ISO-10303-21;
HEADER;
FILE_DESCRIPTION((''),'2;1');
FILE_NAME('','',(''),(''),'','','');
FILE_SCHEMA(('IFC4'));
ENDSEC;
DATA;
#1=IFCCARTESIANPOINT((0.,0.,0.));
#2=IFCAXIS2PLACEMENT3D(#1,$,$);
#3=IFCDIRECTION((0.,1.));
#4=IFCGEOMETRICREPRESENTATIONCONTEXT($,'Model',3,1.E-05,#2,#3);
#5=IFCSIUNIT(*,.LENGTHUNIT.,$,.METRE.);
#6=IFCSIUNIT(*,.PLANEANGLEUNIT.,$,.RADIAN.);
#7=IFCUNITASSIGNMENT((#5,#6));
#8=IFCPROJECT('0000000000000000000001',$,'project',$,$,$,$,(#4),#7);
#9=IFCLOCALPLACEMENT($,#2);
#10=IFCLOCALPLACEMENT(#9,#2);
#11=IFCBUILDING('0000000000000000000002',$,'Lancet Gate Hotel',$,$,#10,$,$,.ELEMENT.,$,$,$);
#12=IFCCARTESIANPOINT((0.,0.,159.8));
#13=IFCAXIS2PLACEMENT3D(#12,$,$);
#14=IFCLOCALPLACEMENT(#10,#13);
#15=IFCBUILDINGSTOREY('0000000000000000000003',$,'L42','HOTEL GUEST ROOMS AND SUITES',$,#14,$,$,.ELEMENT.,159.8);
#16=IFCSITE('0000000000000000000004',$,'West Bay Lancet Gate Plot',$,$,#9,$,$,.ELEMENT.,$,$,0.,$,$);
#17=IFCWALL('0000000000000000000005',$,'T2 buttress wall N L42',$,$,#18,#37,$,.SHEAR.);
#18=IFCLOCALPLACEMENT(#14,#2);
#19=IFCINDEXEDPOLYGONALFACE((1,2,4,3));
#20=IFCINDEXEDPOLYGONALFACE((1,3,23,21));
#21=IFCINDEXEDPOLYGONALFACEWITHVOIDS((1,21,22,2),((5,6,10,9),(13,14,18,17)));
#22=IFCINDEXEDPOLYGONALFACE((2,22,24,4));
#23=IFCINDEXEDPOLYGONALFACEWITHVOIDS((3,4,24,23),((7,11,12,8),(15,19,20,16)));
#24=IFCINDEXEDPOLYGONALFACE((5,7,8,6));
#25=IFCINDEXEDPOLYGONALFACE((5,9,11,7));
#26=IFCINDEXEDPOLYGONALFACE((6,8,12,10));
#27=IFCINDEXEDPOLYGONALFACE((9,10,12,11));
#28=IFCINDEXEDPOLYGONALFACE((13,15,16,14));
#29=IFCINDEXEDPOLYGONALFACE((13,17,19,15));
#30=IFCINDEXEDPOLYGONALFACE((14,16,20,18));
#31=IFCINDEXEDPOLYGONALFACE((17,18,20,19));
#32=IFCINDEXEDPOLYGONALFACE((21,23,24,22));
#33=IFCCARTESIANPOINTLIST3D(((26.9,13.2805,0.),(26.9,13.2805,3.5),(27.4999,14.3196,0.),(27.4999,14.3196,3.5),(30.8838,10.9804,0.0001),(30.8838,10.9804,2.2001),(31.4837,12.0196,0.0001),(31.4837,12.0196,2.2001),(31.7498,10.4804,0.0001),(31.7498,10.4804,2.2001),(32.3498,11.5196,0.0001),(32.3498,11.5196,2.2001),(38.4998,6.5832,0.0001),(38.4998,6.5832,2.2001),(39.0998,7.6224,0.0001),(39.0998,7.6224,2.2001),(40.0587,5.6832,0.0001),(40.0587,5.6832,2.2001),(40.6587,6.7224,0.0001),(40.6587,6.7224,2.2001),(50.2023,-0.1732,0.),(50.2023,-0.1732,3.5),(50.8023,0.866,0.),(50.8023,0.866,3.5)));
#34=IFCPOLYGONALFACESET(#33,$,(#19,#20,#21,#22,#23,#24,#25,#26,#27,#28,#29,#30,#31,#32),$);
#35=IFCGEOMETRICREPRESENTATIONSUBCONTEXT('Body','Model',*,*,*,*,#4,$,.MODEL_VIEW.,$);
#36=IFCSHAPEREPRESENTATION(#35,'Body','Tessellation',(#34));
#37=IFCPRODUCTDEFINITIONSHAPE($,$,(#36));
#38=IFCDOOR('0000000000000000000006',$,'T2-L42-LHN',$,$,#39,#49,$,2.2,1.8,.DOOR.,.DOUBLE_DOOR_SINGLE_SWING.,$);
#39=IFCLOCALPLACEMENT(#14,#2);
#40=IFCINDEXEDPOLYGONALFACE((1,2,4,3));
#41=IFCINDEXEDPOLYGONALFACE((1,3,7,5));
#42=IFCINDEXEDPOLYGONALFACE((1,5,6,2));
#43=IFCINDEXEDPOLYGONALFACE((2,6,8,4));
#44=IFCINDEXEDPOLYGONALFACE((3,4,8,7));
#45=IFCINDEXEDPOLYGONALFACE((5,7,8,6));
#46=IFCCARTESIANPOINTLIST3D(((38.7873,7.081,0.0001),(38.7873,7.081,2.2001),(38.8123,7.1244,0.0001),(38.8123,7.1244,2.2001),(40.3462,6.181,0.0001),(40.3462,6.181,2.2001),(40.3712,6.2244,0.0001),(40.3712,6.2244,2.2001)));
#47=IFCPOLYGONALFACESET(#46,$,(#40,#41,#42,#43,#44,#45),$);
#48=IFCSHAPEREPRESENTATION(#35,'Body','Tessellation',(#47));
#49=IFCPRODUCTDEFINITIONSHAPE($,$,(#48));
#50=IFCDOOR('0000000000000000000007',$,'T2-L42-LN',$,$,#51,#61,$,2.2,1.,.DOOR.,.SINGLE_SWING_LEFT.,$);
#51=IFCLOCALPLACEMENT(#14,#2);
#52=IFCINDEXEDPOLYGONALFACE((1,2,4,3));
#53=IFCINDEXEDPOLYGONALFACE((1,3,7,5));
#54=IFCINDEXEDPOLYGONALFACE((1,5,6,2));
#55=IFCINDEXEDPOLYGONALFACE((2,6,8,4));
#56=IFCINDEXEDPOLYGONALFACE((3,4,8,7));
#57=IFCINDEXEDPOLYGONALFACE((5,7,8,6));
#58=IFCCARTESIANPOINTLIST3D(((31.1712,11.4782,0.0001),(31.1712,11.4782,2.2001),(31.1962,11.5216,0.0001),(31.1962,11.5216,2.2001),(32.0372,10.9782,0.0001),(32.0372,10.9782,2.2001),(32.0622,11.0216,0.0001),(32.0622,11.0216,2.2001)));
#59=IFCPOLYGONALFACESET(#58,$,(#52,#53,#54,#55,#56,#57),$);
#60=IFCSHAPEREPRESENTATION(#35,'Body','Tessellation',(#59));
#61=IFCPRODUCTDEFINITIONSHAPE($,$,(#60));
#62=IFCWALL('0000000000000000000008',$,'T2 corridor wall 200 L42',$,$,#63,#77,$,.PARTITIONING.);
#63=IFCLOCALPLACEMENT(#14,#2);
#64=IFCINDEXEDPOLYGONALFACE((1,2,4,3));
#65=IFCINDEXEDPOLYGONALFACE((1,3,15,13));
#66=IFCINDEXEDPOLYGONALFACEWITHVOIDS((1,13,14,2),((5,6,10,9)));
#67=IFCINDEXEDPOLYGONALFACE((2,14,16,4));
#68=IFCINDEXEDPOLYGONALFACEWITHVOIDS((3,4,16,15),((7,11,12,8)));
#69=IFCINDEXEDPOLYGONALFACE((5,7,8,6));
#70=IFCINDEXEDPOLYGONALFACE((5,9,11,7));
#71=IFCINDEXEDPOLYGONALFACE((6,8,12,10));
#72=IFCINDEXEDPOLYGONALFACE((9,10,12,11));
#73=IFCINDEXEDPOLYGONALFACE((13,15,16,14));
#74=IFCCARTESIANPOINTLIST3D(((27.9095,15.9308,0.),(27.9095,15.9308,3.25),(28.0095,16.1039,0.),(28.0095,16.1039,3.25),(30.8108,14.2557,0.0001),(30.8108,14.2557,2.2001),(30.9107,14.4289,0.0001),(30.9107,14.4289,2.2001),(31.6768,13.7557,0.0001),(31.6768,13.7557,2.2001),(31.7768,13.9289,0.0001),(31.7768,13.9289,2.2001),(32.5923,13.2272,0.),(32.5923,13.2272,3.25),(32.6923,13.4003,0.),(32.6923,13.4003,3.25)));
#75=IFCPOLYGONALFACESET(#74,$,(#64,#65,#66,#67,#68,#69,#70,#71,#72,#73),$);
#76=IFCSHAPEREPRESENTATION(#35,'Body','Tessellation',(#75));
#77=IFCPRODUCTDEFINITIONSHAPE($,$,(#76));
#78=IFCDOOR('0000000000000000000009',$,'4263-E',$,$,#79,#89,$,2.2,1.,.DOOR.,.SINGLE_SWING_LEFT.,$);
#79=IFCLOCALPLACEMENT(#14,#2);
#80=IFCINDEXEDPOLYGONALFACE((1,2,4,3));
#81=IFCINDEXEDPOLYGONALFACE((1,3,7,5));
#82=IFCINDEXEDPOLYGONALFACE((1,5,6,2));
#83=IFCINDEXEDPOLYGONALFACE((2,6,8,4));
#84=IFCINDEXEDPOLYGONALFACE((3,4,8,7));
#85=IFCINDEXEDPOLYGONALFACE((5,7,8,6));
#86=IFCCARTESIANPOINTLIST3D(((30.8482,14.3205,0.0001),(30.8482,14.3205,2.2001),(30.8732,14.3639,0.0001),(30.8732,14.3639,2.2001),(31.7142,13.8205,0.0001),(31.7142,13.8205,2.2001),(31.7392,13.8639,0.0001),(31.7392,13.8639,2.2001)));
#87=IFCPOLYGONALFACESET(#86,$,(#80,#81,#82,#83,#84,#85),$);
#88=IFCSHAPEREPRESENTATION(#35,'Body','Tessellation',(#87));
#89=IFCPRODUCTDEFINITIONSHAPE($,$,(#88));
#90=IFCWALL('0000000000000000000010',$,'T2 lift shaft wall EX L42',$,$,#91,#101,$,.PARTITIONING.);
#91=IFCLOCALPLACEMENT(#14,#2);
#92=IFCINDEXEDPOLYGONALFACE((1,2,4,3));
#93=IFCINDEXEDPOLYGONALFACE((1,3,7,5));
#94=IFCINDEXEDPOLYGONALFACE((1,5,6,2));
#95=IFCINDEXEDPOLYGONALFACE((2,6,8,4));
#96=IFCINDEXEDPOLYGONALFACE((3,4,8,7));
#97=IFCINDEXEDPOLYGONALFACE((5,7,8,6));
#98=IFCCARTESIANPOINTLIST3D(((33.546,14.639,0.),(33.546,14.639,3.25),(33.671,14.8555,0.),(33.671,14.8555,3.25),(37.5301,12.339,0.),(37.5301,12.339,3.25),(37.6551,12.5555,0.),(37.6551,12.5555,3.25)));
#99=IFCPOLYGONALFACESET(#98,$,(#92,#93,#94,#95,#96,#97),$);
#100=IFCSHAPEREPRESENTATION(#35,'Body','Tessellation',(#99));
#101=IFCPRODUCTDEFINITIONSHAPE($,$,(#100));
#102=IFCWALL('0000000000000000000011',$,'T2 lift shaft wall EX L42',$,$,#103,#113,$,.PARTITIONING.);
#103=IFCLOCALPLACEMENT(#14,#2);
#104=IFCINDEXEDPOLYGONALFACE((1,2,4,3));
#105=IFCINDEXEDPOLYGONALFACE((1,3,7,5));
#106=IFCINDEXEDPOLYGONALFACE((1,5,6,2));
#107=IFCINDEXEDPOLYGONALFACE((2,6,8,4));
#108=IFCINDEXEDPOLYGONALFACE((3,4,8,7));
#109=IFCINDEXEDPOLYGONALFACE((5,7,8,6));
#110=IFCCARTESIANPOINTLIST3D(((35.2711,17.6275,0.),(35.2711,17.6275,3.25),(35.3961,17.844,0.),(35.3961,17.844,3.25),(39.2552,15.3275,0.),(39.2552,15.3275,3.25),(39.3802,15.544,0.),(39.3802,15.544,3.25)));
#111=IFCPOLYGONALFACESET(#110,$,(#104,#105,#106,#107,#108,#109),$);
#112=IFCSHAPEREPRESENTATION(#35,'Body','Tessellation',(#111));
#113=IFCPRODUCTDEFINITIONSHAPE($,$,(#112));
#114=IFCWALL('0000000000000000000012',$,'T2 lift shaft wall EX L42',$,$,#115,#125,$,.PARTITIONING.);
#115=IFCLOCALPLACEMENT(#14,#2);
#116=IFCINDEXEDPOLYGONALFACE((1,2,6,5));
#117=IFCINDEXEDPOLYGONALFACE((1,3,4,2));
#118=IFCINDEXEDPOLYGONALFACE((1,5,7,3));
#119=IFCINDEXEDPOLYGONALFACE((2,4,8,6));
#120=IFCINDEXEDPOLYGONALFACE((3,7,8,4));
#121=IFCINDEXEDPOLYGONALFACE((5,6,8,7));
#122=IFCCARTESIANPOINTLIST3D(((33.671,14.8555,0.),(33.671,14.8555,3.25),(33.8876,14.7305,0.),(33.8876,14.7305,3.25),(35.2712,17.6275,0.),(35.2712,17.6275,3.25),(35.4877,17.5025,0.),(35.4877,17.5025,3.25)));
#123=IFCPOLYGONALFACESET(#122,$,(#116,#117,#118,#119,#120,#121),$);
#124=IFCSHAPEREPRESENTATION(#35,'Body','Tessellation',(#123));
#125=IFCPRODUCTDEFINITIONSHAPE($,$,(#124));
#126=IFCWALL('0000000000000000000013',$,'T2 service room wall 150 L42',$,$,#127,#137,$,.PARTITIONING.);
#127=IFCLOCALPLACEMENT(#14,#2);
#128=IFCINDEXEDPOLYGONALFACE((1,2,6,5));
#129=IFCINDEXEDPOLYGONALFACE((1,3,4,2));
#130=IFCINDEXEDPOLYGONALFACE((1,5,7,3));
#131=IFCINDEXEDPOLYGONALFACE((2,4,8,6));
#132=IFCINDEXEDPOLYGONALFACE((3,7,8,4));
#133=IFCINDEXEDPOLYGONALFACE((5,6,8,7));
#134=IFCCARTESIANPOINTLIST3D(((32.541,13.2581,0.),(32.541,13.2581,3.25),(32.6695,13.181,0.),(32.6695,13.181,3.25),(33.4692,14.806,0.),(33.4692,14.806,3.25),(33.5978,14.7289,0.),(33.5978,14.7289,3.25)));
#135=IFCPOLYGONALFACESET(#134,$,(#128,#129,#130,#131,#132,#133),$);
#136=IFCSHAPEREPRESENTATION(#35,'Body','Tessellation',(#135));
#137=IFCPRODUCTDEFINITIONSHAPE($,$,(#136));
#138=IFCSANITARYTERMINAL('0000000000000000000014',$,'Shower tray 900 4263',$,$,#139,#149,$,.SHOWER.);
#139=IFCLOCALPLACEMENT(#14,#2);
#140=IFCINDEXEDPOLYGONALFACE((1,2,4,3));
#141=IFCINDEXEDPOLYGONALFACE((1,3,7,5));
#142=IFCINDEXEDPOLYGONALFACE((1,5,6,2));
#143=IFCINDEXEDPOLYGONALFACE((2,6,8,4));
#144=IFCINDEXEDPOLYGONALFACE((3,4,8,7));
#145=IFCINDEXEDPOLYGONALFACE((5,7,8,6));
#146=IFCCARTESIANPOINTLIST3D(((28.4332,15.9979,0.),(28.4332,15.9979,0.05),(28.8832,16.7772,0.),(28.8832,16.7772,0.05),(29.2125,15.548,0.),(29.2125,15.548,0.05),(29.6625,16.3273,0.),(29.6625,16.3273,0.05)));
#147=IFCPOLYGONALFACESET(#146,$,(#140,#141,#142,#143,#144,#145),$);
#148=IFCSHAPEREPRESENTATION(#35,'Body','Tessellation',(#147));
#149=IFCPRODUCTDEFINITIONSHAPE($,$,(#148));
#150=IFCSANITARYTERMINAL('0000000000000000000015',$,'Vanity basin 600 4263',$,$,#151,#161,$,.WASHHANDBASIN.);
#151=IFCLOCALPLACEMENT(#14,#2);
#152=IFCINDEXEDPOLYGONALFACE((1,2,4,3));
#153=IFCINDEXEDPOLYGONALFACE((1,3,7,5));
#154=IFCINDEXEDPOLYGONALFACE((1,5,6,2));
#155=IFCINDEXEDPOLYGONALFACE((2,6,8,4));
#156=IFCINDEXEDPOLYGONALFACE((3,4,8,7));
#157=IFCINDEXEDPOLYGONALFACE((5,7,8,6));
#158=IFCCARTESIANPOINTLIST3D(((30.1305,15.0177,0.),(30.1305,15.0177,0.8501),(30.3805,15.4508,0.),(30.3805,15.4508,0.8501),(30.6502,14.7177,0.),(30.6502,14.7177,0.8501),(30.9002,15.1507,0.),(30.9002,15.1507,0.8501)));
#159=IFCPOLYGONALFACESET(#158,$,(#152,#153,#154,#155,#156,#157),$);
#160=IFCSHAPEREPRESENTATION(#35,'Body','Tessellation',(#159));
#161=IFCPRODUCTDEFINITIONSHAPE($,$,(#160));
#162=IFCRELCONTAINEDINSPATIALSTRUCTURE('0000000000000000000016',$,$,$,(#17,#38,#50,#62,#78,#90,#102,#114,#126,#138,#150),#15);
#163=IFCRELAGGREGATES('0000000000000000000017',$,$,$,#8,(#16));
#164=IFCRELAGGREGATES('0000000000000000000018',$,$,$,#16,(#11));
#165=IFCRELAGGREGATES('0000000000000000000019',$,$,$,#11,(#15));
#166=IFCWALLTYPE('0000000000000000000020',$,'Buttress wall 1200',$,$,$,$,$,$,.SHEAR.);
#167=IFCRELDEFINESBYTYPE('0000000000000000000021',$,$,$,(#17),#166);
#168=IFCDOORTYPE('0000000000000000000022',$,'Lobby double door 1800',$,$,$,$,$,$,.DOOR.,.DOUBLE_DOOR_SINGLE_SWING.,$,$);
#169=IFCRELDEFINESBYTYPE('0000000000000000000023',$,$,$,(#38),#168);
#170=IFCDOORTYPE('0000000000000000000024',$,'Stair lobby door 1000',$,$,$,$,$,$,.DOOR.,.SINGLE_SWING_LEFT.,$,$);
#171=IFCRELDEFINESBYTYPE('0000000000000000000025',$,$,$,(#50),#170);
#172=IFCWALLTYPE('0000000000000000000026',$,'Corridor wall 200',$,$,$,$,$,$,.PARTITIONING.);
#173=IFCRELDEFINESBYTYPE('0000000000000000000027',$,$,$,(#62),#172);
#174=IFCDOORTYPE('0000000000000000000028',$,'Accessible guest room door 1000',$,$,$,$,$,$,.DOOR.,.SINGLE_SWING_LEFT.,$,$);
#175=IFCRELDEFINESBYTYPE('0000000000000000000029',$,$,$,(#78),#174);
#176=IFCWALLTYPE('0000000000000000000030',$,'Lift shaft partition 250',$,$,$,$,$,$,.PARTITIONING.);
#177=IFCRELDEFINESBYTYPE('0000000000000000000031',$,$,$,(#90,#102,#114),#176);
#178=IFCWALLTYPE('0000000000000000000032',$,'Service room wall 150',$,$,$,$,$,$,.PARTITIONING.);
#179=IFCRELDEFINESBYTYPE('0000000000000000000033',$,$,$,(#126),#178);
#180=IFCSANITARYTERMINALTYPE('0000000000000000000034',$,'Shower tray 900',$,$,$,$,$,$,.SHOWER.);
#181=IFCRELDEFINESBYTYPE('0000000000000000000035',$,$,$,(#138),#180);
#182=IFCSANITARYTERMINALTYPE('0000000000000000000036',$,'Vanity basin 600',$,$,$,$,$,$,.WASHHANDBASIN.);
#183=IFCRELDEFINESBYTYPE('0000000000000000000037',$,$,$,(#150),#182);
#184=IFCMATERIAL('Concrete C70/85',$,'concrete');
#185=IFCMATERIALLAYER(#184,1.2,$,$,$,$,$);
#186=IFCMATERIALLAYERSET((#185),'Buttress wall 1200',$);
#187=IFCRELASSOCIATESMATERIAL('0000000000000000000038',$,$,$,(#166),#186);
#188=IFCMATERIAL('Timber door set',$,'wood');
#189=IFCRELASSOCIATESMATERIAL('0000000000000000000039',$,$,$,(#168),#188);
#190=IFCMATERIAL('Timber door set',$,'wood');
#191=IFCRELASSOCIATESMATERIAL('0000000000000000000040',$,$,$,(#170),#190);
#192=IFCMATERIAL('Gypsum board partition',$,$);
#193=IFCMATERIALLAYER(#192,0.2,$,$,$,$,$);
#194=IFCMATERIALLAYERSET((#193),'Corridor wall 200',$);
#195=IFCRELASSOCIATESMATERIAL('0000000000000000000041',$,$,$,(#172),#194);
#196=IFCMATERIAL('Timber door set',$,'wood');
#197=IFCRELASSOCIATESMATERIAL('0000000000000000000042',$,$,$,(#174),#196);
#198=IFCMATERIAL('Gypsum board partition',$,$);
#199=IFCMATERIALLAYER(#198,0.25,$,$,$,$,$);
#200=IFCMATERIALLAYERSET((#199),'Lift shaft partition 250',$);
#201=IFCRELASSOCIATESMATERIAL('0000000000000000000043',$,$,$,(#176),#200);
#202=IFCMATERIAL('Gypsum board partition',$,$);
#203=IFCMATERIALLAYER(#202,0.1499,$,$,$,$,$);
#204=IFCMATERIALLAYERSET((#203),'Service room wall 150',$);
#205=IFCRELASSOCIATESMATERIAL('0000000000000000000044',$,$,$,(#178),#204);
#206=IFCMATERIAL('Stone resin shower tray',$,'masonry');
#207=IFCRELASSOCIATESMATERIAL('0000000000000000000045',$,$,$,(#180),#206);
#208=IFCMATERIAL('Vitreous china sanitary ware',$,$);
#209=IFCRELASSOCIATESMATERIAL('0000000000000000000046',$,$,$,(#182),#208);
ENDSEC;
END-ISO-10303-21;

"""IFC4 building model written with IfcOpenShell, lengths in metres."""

from ifc_helpers import new_model, si_unit, direction, frame, frame_2d, origin, origin_2d, place, context, subcontext, project, spatial, rectangle, extrude, material, layer, layer_set, type_object, element, fill, save


model = new_model("IFC4")

# Units and contexts
model_context = context("Model", 3, precision=1e-05, world=origin(), true_north=direction((0.0, 1.0)))
body_context = subcontext(model_context, "Body", "Model", "MODEL_VIEW")
ifc_project = project(units=[si_unit("LENGTHUNIT", "METRE"), si_unit("PLANEANGLEUNIT", "RADIAN")], contexts=[model_context])

# Site, building, storey
site_placement = place(None, origin())
site = spatial("IfcSite", under=ifc_project, at=site_placement, Name="West Bay Lancet Gate Plot", CompositionType="ELEMENT", RefElevation=0.0)
building_placement = place(site_placement, origin())
building = spatial("IfcBuilding", under=site, at=building_placement, Name="Lancet Gate Hotel", CompositionType="ELEMENT")
storey_placement = place(building_placement, frame((0.0, 0.0, 159.8)))
storey = spatial("IfcBuildingStorey", under=building, at=storey_placement, Name="L42", Description="HOTEL GUEST ROOMS AND SUITES", CompositionType="ELEMENT", Elevation=159.8)

# Wall, openings, doors
ifc_material_1 = material(Name="Concrete C70/85", Category="concrete")
ifc_layer_1 = layer(ifc_material_1, 1.2)
ifc_layer_set_1 = layer_set([ifc_layer_1], Name="Buttress wall 1200")
wall_type_1 = type_object("IfcWallType", Name="Buttress wall 1200", PredefinedType="SHEAR", material=ifc_layer_set_1)
wall_1_placement = place(storey_placement, frame((27.2, 13.8, 0.0), z_axis=(0.0, 0.0, 1.0), x_axis=(0.866025, -0.500002, 0.0)))
wall_1 = element("IfcWall", 1, at=wall_1_placement, inside=storey, type_object=wall_type_1, Name="T2 buttress wall N L42", PredefinedType="SHEAR", context=body_context, shape_type="SweptSolid", body=[
    extrude(rectangle(XDim=26.9072, YDim=1.2, at=frame_2d((13.4536, 0.0))), origin(), (0.0, 0.0, 1.0), 3.5),
])
opening_1_placement = place(wall_1_placement, frame((4.6001, 0.0, 0.0)))
opening_1 = element("IfcOpeningElement", 2, at=opening_1_placement, cuts=wall_1, PredefinedType="OPENING", context=body_context, shape_type="SweptSolid", body=[
    extrude(rectangle(XDim=1.0, YDim=2.2, at=frame_2d((0.5, 1.1001))), frame((0.0, 0.6099, 0.0), z_axis=(0.0, -1.0, 0.0), x_axis=(1.0, 0.0, 0.0)), (0.0, 0.0, 1.0), 1.22),
])
opening_2_placement = place(wall_1_placement, frame((13.3945, 0.0, 0.0)))
opening_2 = element("IfcOpeningElement", 3, at=opening_2_placement, cuts=wall_1, PredefinedType="OPENING", context=body_context, shape_type="SweptSolid", body=[
    extrude(rectangle(XDim=1.8, YDim=2.2, at=frame_2d((0.8999, 1.1001))), frame((0.0, 0.6099, 0.0), z_axis=(0.0, -1.0, 0.0), x_axis=(1.0, 0.0, 0.0)), (0.0, 0.0, 1.0), 1.22),
])
ifc_material_2 = material(Name="Timber door set", Category="wood")
door_type_1 = type_object("IfcDoorType", Name="Lobby double door 1800", OperationType="DOUBLE_DOOR_SINGLE_SWING", PredefinedType="DOOR", material=ifc_material_2)
door_1_placement = place(opening_2_placement, origin())
door_1 = element("IfcDoor", 4, at=door_1_placement, inside=storey, type_object=door_type_1, Name="T2-L42-LHN", OperationType="DOUBLE_DOOR_SINGLE_SWING", OverallHeight=2.2, OverallWidth=1.8, PredefinedType="DOOR", context=body_context, shape_type="SweptSolid", body=[
    extrude(rectangle(XDim=1.8, YDim=2.2, at=frame_2d((0.8999, 1.1001))), frame((0.0, 0.0249, 0.0), z_axis=(0.0, -1.0, 0.0), x_axis=(1.0, 0.0, 0.0)), (0.0, 0.0, 1.0), 0.05),
])
fill(opening_2, door_1)
ifc_material_3 = material(Name="Timber door set", Category="wood")
door_type_2 = type_object("IfcDoorType", Name="Stair lobby door 1000", OperationType="SINGLE_SWING_LEFT", PredefinedType="DOOR", material=ifc_material_3)
door_2_placement = place(opening_1_placement, origin())
door_2 = element("IfcDoor", 5, at=door_2_placement, inside=storey, type_object=door_type_2, Name="T2-L42-LN", OperationType="SINGLE_SWING_LEFT", OverallHeight=2.2, OverallWidth=1.0, PredefinedType="DOOR", context=body_context, shape_type="SweptSolid", body=[
    extrude(rectangle(XDim=1.0, YDim=2.2, at=frame_2d((0.5, 1.1001))), frame((0.0, 0.0249, 0.0), z_axis=(0.0, -1.0, 0.0), x_axis=(1.0, 0.0, 0.0)), (0.0, 0.0, 1.0), 0.05),
])
fill(opening_1, door_2)

# Wall, opening, door
ifc_material_4 = material(Name="Gypsum board partition")
ifc_layer_2 = layer(ifc_material_4, 0.2)
ifc_layer_set_2 = layer_set([ifc_layer_2], Name="Corridor wall 200")
wall_type_2 = type_object("IfcWallType", Name="Corridor wall 200", PredefinedType="PARTITIONING", material=ifc_layer_set_2)
wall_2_placement = place(storey_placement, frame((27.9595, 16.0173, 0.0), z_axis=(0.0, 0.0, 1.0), x_axis=(0.866028, -0.499995, 0.0)))
wall_2 = element("IfcWall", 6, at=wall_2_placement, inside=storey, type_object=wall_type_2, Name="T2 corridor wall 200 L42", PredefinedType="PARTITIONING", context=body_context, shape_type="SweptSolid", body=[
    extrude(rectangle(XDim=5.4072, YDim=0.2, at=frame_2d((2.7036, 0.0))), origin(), (0.0, 0.0, 1.0), 3.25),
])
opening_3_placement = place(wall_2_placement, frame((3.3501, 0.0, 0.0)))
opening_3 = element("IfcOpeningElement", 7, at=opening_3_placement, cuts=wall_2, PredefinedType="OPENING", context=body_context, shape_type="SweptSolid", body=[
    extrude(rectangle(XDim=1.0, YDim=2.2, at=frame_2d((0.5, 1.1001))), frame((0.0, 0.1099, 0.0), z_axis=(0.0, -1.0, 0.0), x_axis=(1.0, 0.0, 0.0)), (0.0, 0.0, 1.0), 0.22),
])
ifc_material_5 = material(Name="Timber door set", Category="wood")
door_type_3 = type_object("IfcDoorType", Name="Accessible guest room door 1000", OperationType="SINGLE_SWING_LEFT", PredefinedType="DOOR", material=ifc_material_5)
door_3_placement = place(opening_3_placement, origin())
door_3 = element("IfcDoor", 8, at=door_3_placement, inside=storey, type_object=door_type_3, Name="4263-E", OperationType="SINGLE_SWING_LEFT", OverallHeight=2.2, OverallWidth=1.0, PredefinedType="DOOR", context=body_context, shape_type="SweptSolid", body=[
    extrude(rectangle(XDim=1.0, YDim=2.2, at=frame_2d((0.5, 1.1001))), frame((0.0, 0.0249, 0.0), z_axis=(0.0, -1.0, 0.0), x_axis=(1.0, 0.0, 0.0)), (0.0, 0.0, 1.0), 0.05),
])
fill(opening_3, door_3)

# Walls
ifc_material_6 = material(Name="Gypsum board partition")
ifc_layer_3 = layer(ifc_material_6, 0.25)
ifc_layer_set_3 = layer_set([ifc_layer_3], Name="Lift shaft partition 250")
wall_type_3 = type_object("IfcWallType", Name="Lift shaft partition 250", PredefinedType="PARTITIONING", material=ifc_layer_set_3)
for number, where, z_axis, x_axis, name in (
    (9, (33.6084, 14.7473, 0.0), (0.0, 0.0, 1.0), (0.866043, -0.499969, 0.0), "T2 lift shaft wall EX L42"),
    (10, (35.3335, 17.7358, 0.0), (0.0, 0.0, 1.0), (0.866043, -0.499969, 0.0), "T2 lift shaft wall EX L42"),
):
    element("IfcWall", number, at=place(storey_placement, frame(where, z_axis=z_axis, x_axis=x_axis)), inside=storey, type_object=wall_type_3, Name=name, PredefinedType="PARTITIONING", context=body_context, shape_type="SweptSolid", body=[
        extrude(rectangle(XDim=4.6003, YDim=0.25, at=frame_2d((2.3003, 0.0))), origin(), (0.0, 0.0, 1.0), 3.25),
    ])
wall_3_placement = place(storey_placement, frame((33.7793, 14.793, 0.0), z_axis=(0.0, 0.0, 1.0), x_axis=(0.499929, 0.866066, 0.0)))
element("IfcWall", 11, at=wall_3_placement, inside=storey, type_object=wall_type_3, Name="T2 lift shaft wall EX L42", PredefinedType="PARTITIONING", context=body_context, shape_type="SweptSolid", body=[
    extrude(rectangle(XDim=3.2007, YDim=0.25, at=frame_2d((1.6003, 0.0))), origin(), (0.0, 0.0, 1.0), 3.25),
])
ifc_material_7 = material(Name="Gypsum board partition")
ifc_layer_4 = layer(ifc_material_7, 0.1499)
ifc_layer_set_4 = layer_set([ifc_layer_4], Name="Service room wall 150")
wall_type_4 = type_object("IfcWallType", Name="Service room wall 150", PredefinedType="PARTITIONING", material=ifc_layer_set_4)
wall_4_placement = place(storey_placement, frame((33.5334, 14.7673, 0.0), z_axis=(0.0, 0.0, 1.0), x_axis=(-0.514297, -0.857612, 0.0)))
element("IfcWall", 12, at=wall_4_placement, inside=storey, type_object=wall_type_4, Name="T2 service room wall 150 L42", PredefinedType="PARTITIONING", context=body_context, shape_type="SweptSolid", body=[
    extrude(rectangle(XDim=1.8049, YDim=0.1499, at=frame_2d((0.9023, 0.0))), origin(), (0.0, 0.0, 1.0), 3.25),
])

# Sanitary terminals
ifc_material_8 = material(Name="Stone resin shower tray", Category="masonry")
sanitary_terminal_type_1 = type_object("IfcSanitaryTerminalType", Name="Shower tray 900", PredefinedType="SHOWER", material=ifc_material_8)
sanitary_terminal_1_placement = place(storey_placement, frame((29.0479, 16.1626, 0.0), z_axis=(0.0, 0.0, 1.0), x_axis=(-0.866025, 0.5, 0.0)))
element("IfcSanitaryTerminal", 13, at=sanitary_terminal_1_placement, inside=storey, type_object=sanitary_terminal_type_1, Name="Shower tray 900 4263", PredefinedType="SHOWER", context=body_context, shape_type="SweptSolid", body=[
    extrude(rectangle(XDim=0.8999, YDim=0.8999, at=origin_2d()), origin(), (0.0, 0.0, 1.0), 0.05),
])
ifc_material_9 = material(Name="Vitreous china sanitary ware")
sanitary_terminal_type_2 = type_object("IfcSanitaryTerminalType", Name="Vanity basin 600", PredefinedType="WASHHANDBASIN", material=ifc_material_9)
sanitary_terminal_2_placement = place(storey_placement, frame((30.5154, 15.0842, 0.0), z_axis=(0.0, 0.0, 1.0), x_axis=(-0.866025, 0.5, 0.0)))
element("IfcSanitaryTerminal", 14, at=sanitary_terminal_2_placement, inside=storey, type_object=sanitary_terminal_type_2, Name="Vanity basin 600 4263", PredefinedType="WASHHANDBASIN", context=body_context, shape_type="SweptSolid", body=[
    extrude(rectangle(XDim=0.6001, YDim=0.5, at=origin_2d()), origin(), (0.0, 0.0, 1.0), 0.8501),
])

save(model, "model.ifc")
